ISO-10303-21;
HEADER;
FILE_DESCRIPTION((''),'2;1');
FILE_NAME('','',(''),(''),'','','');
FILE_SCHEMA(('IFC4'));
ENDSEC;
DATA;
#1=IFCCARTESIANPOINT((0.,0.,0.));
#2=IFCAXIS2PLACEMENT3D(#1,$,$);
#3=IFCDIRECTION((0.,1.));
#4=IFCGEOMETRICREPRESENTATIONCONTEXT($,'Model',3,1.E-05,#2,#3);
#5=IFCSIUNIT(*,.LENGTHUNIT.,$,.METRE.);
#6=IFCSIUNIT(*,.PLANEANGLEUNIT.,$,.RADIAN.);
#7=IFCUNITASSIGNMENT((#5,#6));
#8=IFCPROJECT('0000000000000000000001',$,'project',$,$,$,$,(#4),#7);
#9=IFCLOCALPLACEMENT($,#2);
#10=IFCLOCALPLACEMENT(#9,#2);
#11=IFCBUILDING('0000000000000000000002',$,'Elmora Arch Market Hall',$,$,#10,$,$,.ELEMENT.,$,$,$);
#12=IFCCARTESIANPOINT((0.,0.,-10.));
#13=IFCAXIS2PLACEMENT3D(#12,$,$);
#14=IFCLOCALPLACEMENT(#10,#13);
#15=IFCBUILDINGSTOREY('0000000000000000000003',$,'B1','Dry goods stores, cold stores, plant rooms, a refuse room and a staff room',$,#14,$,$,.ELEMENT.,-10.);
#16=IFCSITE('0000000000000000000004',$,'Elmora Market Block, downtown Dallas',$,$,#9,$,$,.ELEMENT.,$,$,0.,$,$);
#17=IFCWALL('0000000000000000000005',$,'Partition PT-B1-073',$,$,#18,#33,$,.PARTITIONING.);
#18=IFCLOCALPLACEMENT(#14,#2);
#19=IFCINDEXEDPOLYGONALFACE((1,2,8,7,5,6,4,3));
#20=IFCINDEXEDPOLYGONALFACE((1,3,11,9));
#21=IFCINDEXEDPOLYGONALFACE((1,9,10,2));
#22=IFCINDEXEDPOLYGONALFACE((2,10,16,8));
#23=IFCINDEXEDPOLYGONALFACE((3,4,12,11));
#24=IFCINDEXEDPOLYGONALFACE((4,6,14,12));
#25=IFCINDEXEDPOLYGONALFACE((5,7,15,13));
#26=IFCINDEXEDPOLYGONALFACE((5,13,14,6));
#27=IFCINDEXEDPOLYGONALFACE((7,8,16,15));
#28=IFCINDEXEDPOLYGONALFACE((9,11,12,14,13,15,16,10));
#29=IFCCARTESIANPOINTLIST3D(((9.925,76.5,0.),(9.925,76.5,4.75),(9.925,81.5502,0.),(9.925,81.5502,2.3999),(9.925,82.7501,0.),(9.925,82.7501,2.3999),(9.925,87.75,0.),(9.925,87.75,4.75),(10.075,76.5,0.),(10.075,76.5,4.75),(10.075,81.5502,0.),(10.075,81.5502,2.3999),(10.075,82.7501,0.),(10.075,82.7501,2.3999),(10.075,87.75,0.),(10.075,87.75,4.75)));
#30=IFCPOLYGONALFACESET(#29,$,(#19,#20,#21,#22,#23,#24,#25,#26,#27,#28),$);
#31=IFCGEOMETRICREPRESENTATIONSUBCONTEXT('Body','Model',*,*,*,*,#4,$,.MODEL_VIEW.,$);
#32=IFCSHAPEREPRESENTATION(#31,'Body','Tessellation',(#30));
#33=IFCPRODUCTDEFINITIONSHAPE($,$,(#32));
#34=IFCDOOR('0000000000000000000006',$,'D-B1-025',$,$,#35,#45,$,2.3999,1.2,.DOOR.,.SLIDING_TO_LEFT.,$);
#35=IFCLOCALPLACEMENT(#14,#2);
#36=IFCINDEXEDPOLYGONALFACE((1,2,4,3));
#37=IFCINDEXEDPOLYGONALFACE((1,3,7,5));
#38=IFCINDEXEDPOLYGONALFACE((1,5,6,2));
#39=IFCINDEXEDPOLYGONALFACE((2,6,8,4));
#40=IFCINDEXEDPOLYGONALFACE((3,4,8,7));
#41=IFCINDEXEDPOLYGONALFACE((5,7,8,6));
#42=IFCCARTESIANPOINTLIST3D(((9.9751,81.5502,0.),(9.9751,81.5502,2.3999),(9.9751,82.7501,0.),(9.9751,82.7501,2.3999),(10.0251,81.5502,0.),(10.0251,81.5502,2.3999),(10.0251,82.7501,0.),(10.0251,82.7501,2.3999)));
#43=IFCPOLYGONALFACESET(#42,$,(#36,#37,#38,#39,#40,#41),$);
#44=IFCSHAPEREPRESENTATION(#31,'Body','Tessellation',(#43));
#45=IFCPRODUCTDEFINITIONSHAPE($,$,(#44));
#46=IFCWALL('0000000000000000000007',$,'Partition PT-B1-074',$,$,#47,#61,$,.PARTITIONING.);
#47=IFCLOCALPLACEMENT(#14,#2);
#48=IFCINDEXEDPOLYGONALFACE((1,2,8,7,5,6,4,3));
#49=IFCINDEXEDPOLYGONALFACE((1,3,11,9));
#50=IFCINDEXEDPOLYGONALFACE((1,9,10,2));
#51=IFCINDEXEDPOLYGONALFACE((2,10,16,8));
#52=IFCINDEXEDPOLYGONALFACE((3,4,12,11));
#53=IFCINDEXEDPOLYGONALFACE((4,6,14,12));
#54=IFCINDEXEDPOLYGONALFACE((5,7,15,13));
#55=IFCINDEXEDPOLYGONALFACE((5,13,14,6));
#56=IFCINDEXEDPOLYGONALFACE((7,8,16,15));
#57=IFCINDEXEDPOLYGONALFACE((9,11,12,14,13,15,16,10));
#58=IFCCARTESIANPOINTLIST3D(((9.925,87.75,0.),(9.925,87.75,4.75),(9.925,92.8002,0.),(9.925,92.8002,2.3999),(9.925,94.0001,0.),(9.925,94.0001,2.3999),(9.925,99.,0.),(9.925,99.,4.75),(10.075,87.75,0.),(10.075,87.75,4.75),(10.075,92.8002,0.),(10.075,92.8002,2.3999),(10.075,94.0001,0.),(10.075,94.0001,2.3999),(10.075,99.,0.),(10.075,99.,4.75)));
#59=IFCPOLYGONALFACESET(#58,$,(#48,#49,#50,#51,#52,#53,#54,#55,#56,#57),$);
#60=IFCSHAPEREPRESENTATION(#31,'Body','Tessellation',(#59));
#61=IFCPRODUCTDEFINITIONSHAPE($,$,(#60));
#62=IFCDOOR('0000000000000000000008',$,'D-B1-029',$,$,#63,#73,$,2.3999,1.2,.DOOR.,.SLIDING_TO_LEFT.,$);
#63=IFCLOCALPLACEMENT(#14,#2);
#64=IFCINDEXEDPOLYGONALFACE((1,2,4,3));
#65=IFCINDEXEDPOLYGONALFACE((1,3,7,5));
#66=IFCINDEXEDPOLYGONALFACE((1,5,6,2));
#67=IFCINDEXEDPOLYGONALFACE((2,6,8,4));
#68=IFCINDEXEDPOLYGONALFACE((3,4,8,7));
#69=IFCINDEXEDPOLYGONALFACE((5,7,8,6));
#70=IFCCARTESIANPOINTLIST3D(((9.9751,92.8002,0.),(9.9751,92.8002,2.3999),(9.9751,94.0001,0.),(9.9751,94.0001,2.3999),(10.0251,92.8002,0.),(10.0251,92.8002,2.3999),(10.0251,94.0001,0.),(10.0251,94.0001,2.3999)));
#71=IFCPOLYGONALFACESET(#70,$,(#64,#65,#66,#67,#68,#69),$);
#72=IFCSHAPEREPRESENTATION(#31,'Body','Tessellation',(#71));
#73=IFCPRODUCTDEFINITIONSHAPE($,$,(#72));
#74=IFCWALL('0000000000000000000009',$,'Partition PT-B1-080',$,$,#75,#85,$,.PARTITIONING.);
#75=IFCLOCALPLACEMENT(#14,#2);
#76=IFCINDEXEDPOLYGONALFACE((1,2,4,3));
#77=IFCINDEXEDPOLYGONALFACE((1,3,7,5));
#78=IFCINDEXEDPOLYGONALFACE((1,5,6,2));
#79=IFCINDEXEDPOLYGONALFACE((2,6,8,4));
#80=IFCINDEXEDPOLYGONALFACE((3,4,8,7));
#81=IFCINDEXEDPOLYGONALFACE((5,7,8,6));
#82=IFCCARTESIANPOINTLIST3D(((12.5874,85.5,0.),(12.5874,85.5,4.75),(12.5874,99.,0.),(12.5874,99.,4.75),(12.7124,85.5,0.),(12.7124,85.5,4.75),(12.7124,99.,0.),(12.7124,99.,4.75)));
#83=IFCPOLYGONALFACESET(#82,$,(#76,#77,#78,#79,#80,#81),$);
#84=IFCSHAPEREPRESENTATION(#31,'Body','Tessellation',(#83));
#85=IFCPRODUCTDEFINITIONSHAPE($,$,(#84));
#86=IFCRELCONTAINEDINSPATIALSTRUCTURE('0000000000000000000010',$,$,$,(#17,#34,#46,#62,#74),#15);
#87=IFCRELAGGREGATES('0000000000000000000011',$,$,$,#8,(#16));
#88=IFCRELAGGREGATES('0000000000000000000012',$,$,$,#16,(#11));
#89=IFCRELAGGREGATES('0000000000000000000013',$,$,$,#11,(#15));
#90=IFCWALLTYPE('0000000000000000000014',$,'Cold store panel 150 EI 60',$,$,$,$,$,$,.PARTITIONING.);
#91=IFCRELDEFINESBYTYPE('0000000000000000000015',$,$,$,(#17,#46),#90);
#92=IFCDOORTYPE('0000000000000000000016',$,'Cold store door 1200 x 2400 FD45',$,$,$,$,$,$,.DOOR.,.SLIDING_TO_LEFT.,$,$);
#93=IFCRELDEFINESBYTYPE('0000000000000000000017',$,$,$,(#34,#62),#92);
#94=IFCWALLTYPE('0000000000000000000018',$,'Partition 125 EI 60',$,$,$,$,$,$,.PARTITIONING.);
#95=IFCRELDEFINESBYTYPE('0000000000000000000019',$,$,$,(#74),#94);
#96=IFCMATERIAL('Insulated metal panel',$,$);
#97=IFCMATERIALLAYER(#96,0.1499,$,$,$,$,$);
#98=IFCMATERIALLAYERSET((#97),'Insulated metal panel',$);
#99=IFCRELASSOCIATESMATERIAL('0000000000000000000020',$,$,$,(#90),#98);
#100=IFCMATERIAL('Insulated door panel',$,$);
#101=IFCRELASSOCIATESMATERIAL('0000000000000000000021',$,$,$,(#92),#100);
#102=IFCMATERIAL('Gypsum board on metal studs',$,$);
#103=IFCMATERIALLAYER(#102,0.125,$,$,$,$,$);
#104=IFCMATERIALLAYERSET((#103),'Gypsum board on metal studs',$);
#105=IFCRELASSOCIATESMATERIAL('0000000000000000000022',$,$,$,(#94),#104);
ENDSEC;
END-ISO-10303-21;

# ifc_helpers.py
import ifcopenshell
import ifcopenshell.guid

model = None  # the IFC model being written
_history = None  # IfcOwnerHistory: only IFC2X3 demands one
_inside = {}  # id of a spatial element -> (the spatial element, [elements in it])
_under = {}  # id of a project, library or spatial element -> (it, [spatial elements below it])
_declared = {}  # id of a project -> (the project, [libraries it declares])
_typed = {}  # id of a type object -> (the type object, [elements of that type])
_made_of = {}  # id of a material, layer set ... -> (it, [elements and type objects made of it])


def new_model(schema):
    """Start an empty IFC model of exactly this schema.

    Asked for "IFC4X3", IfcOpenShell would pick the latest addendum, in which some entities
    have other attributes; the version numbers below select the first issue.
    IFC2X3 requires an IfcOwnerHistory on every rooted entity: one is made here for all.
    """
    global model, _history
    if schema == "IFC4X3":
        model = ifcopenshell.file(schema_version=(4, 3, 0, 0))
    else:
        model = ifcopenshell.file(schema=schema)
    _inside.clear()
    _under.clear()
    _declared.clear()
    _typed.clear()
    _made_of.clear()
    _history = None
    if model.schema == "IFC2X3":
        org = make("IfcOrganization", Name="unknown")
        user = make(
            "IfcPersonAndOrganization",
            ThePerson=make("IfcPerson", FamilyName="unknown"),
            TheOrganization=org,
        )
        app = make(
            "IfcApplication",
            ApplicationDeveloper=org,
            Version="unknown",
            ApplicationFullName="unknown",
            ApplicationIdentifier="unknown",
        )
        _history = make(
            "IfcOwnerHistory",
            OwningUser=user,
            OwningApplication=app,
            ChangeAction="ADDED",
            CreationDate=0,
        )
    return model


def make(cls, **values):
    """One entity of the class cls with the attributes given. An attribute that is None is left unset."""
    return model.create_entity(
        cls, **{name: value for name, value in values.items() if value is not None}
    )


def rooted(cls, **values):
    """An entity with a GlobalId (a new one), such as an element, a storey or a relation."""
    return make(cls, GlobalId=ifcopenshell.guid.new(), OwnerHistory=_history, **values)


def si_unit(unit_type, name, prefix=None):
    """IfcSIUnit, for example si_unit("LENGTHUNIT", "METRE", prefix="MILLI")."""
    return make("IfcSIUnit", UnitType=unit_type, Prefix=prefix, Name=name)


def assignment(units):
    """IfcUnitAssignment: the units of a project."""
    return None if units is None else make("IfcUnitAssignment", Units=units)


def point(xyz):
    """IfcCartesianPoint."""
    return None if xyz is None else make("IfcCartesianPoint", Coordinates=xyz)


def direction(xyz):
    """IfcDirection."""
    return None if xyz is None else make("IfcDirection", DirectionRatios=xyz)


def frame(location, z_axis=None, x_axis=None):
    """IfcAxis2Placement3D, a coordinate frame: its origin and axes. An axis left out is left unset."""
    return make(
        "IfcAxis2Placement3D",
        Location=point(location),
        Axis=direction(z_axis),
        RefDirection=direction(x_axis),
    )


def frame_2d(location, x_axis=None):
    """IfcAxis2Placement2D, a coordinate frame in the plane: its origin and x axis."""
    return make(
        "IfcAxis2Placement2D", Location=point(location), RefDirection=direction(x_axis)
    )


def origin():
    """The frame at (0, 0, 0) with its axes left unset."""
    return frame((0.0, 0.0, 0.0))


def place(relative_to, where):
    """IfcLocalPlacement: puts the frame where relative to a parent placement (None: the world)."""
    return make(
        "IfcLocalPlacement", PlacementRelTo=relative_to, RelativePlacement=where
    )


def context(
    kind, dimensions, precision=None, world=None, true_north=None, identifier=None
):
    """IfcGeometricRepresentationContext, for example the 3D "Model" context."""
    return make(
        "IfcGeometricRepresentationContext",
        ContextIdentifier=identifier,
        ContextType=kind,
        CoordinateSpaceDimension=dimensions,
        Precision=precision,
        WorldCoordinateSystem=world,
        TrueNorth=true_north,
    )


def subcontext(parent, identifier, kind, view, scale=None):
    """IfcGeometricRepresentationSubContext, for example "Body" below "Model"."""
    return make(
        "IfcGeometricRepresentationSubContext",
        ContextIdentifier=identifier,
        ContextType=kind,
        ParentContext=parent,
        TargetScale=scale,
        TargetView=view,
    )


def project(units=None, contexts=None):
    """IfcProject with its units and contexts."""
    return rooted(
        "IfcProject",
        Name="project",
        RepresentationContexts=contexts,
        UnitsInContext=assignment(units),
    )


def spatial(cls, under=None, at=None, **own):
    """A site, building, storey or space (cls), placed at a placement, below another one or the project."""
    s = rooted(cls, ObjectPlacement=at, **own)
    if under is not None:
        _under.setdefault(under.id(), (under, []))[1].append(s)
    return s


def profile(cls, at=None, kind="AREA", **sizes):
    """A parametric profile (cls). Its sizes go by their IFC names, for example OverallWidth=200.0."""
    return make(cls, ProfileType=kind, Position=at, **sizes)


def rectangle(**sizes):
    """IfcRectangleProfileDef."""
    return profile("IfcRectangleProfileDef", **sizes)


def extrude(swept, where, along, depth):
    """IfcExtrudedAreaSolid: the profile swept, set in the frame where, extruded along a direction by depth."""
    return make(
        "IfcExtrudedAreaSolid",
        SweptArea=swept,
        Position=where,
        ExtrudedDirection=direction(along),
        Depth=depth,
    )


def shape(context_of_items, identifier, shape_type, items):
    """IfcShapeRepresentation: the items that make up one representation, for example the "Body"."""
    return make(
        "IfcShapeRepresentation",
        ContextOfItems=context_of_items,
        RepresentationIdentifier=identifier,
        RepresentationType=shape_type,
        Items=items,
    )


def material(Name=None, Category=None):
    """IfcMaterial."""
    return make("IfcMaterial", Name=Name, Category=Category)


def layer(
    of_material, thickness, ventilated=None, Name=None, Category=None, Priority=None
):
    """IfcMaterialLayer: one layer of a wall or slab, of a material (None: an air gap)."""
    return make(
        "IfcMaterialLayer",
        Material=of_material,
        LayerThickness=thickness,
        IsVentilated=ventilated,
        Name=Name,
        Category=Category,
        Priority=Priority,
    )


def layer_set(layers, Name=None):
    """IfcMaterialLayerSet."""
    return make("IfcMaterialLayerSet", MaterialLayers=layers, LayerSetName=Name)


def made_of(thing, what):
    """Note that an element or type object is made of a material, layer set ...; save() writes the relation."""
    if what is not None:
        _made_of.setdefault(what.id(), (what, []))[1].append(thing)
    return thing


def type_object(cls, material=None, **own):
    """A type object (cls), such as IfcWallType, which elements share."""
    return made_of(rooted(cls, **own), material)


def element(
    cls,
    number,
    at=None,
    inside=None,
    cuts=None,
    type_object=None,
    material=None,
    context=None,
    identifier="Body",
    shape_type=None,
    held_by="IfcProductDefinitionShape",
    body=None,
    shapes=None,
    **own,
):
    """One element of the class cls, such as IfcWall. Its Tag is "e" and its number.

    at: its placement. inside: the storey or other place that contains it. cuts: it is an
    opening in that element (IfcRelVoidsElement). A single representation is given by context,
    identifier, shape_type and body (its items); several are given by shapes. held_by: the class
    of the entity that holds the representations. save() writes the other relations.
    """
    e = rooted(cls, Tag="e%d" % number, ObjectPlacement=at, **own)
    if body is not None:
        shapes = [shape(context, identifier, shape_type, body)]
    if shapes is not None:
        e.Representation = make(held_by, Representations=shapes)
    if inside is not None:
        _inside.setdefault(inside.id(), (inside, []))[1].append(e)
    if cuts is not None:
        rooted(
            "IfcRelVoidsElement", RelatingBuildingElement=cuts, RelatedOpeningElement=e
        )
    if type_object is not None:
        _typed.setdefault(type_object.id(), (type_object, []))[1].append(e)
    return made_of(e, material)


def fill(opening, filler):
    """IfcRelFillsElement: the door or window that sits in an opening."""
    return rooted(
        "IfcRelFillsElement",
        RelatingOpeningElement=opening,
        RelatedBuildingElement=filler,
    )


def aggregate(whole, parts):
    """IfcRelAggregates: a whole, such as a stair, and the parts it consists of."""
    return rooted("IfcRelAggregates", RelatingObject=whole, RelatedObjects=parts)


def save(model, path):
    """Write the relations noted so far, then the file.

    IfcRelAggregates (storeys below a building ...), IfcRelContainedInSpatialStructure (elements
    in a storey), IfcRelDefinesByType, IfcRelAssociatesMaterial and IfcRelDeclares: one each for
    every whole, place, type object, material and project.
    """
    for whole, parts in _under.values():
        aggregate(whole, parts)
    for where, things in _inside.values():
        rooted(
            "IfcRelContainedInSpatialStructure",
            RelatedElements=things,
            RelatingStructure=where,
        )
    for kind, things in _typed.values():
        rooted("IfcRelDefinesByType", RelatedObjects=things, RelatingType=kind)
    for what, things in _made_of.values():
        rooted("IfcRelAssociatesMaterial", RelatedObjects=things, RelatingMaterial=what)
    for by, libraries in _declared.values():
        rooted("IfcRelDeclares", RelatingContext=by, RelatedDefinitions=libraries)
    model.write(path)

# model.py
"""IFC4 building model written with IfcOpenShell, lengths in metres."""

from ifc_helpers import new_model, si_unit, direction, frame, frame_2d, origin, place, context, subcontext, project, spatial, rectangle, extrude, material, layer, layer_set, type_object, element, fill, save


model = new_model("IFC4")

# Units and contexts
model_context = context("Model", 3, precision=1e-05, world=origin(), true_north=direction((0.0, 1.0)))
body_context = subcontext(model_context, "Body", "Model", "MODEL_VIEW")
ifc_project = project(units=[si_unit("LENGTHUNIT", "METRE"), si_unit("PLANEANGLEUNIT", "RADIAN")], contexts=[model_context])

# Site, building, storey
site_placement = place(None, origin())
site = spatial("IfcSite", under=ifc_project, at=site_placement, Name="Elmora Market Block, downtown Dallas", CompositionType="ELEMENT", RefElevation=0.0)
building_placement = place(site_placement, origin())
building = spatial("IfcBuilding", under=site, at=building_placement, Name="Elmora Arch Market Hall", CompositionType="ELEMENT")
storey_placement = place(building_placement, frame((0.0, 0.0, -10.0)))
storey = spatial("IfcBuildingStorey", under=building, at=storey_placement, Name="B1", Description="Dry goods stores, cold stores, plant rooms, a refuse room and a staff room", CompositionType="ELEMENT", Elevation=-10.0)

# Shared definitions
ifc_material_1 = material(Name="Insulated metal panel")
ifc_layer_1 = layer(ifc_material_1, 0.1499)
ifc_layer_set_1 = layer_set([ifc_layer_1], Name="Insulated metal panel")
wall_type_1 = type_object("IfcWallType", Name="Cold store panel 150 EI 60", PredefinedType="PARTITIONING", material=ifc_layer_set_1)

# Walls, openings, doors
wall_1_placement = place(storey_placement, frame((10.0, 76.5, 0.0), z_axis=(0.0, 0.0, 1.0), x_axis=(0.0, 1.0, 0.0)))
wall_1 = element("IfcWall", 1, at=wall_1_placement, inside=storey, type_object=wall_type_1, Name="Partition PT-B1-073", PredefinedType="PARTITIONING", context=body_context, shape_type="SweptSolid", body=[
    extrude(rectangle(XDim=11.25, YDim=0.1499, at=frame_2d((5.625, 0.0))), origin(), (0.0, 0.0, 1.0), 4.75),
])
opening_1_placement = place(wall_1_placement, frame((5.05, 0.0, 0.0)))
opening_1 = element("IfcOpeningElement", 2, at=opening_1_placement, cuts=wall_1, PredefinedType="OPENING", context=body_context, shape_type="SweptSolid", body=[
    extrude(rectangle(XDim=1.2, YDim=2.3999, at=frame_2d((0.6001, 1.2))), frame((0.0, 0.085, 0.0), z_axis=(0.0, -1.0, 0.0), x_axis=(1.0, 0.0, 0.0)), (0.0, 0.0, 1.0), 0.1699),
])
ifc_material_2 = material(Name="Insulated door panel")
door_type = type_object("IfcDoorType", Name="Cold store door 1200 x 2400 FD45", OperationType="SLIDING_TO_LEFT", PredefinedType="DOOR", material=ifc_material_2)
door_1_placement = place(opening_1_placement, origin())
door_1 = element("IfcDoor", 3, at=door_1_placement, inside=storey, type_object=door_type, Name="D-B1-025", OperationType="SLIDING_TO_LEFT", OverallHeight=2.3999, OverallWidth=1.2, PredefinedType="DOOR", context=body_context, shape_type="SweptSolid", body=[
    extrude(rectangle(XDim=1.2, YDim=2.3999, at=frame_2d((0.6001, 1.2))), frame((0.0, 0.0249, 0.0), z_axis=(0.0, -1.0, 0.0), x_axis=(1.0, 0.0, 0.0)), (0.0, 0.0, 1.0), 0.05),
])
fill(opening_1, door_1)
wall_2_placement = place(storey_placement, frame((10.0, 87.75, 0.0), z_axis=(0.0, 0.0, 1.0), x_axis=(0.0, 1.0, 0.0)))
wall_2 = element("IfcWall", 4, at=wall_2_placement, inside=storey, type_object=wall_type_1, Name="Partition PT-B1-074", PredefinedType="PARTITIONING", context=body_context, shape_type="SweptSolid", body=[
    extrude(rectangle(XDim=11.25, YDim=0.1499, at=frame_2d((5.625, 0.0))), origin(), (0.0, 0.0, 1.0), 4.75),
])
opening_2_placement = place(wall_2_placement, frame((5.05, 0.0, 0.0)))
opening_2 = element("IfcOpeningElement", 5, at=opening_2_placement, cuts=wall_2, PredefinedType="OPENING", context=body_context, shape_type="SweptSolid", body=[
    extrude(rectangle(XDim=1.2, YDim=2.3999, at=frame_2d((0.6001, 1.2))), frame((0.0, 0.085, 0.0), z_axis=(0.0, -1.0, 0.0), x_axis=(1.0, 0.0, 0.0)), (0.0, 0.0, 1.0), 0.1699),
])
door_2_placement = place(opening_2_placement, origin())
door_2 = element("IfcDoor", 6, at=door_2_placement, inside=storey, type_object=door_type, Name="D-B1-029", OperationType="SLIDING_TO_LEFT", OverallHeight=2.3999, OverallWidth=1.2, PredefinedType="DOOR", context=body_context, shape_type="SweptSolid", body=[
    extrude(rectangle(XDim=1.2, YDim=2.3999, at=frame_2d((0.6001, 1.2))), frame((0.0, 0.0249, 0.0), z_axis=(0.0, -1.0, 0.0), x_axis=(1.0, 0.0, 0.0)), (0.0, 0.0, 1.0), 0.05),
])
fill(opening_2, door_2)

# Wall
ifc_material_3 = material(Name="Gypsum board on metal studs")
ifc_layer_2 = layer(ifc_material_3, 0.125)
ifc_layer_set_2 = layer_set([ifc_layer_2], Name="Gypsum board on metal studs")
wall_type_2 = type_object("IfcWallType", Name="Partition 125 EI 60", PredefinedType="PARTITIONING", material=ifc_layer_set_2)
wall_3_placement = place(storey_placement, frame((12.6499, 85.5, 0.0), z_axis=(0.0, 0.0, 1.0), x_axis=(0.0, 1.0, 0.0)))
element("IfcWall", 7, at=wall_3_placement, inside=storey, type_object=wall_type_2, Name="Partition PT-B1-080", PredefinedType="PARTITIONING", context=body_context, shape_type="SweptSolid", body=[
    extrude(rectangle(XDim=13.5, YDim=0.125, at=frame_2d((6.75, 0.0))), origin(), (0.0, 0.0, 1.0), 4.75),
])

save(model, "model.ifc")
